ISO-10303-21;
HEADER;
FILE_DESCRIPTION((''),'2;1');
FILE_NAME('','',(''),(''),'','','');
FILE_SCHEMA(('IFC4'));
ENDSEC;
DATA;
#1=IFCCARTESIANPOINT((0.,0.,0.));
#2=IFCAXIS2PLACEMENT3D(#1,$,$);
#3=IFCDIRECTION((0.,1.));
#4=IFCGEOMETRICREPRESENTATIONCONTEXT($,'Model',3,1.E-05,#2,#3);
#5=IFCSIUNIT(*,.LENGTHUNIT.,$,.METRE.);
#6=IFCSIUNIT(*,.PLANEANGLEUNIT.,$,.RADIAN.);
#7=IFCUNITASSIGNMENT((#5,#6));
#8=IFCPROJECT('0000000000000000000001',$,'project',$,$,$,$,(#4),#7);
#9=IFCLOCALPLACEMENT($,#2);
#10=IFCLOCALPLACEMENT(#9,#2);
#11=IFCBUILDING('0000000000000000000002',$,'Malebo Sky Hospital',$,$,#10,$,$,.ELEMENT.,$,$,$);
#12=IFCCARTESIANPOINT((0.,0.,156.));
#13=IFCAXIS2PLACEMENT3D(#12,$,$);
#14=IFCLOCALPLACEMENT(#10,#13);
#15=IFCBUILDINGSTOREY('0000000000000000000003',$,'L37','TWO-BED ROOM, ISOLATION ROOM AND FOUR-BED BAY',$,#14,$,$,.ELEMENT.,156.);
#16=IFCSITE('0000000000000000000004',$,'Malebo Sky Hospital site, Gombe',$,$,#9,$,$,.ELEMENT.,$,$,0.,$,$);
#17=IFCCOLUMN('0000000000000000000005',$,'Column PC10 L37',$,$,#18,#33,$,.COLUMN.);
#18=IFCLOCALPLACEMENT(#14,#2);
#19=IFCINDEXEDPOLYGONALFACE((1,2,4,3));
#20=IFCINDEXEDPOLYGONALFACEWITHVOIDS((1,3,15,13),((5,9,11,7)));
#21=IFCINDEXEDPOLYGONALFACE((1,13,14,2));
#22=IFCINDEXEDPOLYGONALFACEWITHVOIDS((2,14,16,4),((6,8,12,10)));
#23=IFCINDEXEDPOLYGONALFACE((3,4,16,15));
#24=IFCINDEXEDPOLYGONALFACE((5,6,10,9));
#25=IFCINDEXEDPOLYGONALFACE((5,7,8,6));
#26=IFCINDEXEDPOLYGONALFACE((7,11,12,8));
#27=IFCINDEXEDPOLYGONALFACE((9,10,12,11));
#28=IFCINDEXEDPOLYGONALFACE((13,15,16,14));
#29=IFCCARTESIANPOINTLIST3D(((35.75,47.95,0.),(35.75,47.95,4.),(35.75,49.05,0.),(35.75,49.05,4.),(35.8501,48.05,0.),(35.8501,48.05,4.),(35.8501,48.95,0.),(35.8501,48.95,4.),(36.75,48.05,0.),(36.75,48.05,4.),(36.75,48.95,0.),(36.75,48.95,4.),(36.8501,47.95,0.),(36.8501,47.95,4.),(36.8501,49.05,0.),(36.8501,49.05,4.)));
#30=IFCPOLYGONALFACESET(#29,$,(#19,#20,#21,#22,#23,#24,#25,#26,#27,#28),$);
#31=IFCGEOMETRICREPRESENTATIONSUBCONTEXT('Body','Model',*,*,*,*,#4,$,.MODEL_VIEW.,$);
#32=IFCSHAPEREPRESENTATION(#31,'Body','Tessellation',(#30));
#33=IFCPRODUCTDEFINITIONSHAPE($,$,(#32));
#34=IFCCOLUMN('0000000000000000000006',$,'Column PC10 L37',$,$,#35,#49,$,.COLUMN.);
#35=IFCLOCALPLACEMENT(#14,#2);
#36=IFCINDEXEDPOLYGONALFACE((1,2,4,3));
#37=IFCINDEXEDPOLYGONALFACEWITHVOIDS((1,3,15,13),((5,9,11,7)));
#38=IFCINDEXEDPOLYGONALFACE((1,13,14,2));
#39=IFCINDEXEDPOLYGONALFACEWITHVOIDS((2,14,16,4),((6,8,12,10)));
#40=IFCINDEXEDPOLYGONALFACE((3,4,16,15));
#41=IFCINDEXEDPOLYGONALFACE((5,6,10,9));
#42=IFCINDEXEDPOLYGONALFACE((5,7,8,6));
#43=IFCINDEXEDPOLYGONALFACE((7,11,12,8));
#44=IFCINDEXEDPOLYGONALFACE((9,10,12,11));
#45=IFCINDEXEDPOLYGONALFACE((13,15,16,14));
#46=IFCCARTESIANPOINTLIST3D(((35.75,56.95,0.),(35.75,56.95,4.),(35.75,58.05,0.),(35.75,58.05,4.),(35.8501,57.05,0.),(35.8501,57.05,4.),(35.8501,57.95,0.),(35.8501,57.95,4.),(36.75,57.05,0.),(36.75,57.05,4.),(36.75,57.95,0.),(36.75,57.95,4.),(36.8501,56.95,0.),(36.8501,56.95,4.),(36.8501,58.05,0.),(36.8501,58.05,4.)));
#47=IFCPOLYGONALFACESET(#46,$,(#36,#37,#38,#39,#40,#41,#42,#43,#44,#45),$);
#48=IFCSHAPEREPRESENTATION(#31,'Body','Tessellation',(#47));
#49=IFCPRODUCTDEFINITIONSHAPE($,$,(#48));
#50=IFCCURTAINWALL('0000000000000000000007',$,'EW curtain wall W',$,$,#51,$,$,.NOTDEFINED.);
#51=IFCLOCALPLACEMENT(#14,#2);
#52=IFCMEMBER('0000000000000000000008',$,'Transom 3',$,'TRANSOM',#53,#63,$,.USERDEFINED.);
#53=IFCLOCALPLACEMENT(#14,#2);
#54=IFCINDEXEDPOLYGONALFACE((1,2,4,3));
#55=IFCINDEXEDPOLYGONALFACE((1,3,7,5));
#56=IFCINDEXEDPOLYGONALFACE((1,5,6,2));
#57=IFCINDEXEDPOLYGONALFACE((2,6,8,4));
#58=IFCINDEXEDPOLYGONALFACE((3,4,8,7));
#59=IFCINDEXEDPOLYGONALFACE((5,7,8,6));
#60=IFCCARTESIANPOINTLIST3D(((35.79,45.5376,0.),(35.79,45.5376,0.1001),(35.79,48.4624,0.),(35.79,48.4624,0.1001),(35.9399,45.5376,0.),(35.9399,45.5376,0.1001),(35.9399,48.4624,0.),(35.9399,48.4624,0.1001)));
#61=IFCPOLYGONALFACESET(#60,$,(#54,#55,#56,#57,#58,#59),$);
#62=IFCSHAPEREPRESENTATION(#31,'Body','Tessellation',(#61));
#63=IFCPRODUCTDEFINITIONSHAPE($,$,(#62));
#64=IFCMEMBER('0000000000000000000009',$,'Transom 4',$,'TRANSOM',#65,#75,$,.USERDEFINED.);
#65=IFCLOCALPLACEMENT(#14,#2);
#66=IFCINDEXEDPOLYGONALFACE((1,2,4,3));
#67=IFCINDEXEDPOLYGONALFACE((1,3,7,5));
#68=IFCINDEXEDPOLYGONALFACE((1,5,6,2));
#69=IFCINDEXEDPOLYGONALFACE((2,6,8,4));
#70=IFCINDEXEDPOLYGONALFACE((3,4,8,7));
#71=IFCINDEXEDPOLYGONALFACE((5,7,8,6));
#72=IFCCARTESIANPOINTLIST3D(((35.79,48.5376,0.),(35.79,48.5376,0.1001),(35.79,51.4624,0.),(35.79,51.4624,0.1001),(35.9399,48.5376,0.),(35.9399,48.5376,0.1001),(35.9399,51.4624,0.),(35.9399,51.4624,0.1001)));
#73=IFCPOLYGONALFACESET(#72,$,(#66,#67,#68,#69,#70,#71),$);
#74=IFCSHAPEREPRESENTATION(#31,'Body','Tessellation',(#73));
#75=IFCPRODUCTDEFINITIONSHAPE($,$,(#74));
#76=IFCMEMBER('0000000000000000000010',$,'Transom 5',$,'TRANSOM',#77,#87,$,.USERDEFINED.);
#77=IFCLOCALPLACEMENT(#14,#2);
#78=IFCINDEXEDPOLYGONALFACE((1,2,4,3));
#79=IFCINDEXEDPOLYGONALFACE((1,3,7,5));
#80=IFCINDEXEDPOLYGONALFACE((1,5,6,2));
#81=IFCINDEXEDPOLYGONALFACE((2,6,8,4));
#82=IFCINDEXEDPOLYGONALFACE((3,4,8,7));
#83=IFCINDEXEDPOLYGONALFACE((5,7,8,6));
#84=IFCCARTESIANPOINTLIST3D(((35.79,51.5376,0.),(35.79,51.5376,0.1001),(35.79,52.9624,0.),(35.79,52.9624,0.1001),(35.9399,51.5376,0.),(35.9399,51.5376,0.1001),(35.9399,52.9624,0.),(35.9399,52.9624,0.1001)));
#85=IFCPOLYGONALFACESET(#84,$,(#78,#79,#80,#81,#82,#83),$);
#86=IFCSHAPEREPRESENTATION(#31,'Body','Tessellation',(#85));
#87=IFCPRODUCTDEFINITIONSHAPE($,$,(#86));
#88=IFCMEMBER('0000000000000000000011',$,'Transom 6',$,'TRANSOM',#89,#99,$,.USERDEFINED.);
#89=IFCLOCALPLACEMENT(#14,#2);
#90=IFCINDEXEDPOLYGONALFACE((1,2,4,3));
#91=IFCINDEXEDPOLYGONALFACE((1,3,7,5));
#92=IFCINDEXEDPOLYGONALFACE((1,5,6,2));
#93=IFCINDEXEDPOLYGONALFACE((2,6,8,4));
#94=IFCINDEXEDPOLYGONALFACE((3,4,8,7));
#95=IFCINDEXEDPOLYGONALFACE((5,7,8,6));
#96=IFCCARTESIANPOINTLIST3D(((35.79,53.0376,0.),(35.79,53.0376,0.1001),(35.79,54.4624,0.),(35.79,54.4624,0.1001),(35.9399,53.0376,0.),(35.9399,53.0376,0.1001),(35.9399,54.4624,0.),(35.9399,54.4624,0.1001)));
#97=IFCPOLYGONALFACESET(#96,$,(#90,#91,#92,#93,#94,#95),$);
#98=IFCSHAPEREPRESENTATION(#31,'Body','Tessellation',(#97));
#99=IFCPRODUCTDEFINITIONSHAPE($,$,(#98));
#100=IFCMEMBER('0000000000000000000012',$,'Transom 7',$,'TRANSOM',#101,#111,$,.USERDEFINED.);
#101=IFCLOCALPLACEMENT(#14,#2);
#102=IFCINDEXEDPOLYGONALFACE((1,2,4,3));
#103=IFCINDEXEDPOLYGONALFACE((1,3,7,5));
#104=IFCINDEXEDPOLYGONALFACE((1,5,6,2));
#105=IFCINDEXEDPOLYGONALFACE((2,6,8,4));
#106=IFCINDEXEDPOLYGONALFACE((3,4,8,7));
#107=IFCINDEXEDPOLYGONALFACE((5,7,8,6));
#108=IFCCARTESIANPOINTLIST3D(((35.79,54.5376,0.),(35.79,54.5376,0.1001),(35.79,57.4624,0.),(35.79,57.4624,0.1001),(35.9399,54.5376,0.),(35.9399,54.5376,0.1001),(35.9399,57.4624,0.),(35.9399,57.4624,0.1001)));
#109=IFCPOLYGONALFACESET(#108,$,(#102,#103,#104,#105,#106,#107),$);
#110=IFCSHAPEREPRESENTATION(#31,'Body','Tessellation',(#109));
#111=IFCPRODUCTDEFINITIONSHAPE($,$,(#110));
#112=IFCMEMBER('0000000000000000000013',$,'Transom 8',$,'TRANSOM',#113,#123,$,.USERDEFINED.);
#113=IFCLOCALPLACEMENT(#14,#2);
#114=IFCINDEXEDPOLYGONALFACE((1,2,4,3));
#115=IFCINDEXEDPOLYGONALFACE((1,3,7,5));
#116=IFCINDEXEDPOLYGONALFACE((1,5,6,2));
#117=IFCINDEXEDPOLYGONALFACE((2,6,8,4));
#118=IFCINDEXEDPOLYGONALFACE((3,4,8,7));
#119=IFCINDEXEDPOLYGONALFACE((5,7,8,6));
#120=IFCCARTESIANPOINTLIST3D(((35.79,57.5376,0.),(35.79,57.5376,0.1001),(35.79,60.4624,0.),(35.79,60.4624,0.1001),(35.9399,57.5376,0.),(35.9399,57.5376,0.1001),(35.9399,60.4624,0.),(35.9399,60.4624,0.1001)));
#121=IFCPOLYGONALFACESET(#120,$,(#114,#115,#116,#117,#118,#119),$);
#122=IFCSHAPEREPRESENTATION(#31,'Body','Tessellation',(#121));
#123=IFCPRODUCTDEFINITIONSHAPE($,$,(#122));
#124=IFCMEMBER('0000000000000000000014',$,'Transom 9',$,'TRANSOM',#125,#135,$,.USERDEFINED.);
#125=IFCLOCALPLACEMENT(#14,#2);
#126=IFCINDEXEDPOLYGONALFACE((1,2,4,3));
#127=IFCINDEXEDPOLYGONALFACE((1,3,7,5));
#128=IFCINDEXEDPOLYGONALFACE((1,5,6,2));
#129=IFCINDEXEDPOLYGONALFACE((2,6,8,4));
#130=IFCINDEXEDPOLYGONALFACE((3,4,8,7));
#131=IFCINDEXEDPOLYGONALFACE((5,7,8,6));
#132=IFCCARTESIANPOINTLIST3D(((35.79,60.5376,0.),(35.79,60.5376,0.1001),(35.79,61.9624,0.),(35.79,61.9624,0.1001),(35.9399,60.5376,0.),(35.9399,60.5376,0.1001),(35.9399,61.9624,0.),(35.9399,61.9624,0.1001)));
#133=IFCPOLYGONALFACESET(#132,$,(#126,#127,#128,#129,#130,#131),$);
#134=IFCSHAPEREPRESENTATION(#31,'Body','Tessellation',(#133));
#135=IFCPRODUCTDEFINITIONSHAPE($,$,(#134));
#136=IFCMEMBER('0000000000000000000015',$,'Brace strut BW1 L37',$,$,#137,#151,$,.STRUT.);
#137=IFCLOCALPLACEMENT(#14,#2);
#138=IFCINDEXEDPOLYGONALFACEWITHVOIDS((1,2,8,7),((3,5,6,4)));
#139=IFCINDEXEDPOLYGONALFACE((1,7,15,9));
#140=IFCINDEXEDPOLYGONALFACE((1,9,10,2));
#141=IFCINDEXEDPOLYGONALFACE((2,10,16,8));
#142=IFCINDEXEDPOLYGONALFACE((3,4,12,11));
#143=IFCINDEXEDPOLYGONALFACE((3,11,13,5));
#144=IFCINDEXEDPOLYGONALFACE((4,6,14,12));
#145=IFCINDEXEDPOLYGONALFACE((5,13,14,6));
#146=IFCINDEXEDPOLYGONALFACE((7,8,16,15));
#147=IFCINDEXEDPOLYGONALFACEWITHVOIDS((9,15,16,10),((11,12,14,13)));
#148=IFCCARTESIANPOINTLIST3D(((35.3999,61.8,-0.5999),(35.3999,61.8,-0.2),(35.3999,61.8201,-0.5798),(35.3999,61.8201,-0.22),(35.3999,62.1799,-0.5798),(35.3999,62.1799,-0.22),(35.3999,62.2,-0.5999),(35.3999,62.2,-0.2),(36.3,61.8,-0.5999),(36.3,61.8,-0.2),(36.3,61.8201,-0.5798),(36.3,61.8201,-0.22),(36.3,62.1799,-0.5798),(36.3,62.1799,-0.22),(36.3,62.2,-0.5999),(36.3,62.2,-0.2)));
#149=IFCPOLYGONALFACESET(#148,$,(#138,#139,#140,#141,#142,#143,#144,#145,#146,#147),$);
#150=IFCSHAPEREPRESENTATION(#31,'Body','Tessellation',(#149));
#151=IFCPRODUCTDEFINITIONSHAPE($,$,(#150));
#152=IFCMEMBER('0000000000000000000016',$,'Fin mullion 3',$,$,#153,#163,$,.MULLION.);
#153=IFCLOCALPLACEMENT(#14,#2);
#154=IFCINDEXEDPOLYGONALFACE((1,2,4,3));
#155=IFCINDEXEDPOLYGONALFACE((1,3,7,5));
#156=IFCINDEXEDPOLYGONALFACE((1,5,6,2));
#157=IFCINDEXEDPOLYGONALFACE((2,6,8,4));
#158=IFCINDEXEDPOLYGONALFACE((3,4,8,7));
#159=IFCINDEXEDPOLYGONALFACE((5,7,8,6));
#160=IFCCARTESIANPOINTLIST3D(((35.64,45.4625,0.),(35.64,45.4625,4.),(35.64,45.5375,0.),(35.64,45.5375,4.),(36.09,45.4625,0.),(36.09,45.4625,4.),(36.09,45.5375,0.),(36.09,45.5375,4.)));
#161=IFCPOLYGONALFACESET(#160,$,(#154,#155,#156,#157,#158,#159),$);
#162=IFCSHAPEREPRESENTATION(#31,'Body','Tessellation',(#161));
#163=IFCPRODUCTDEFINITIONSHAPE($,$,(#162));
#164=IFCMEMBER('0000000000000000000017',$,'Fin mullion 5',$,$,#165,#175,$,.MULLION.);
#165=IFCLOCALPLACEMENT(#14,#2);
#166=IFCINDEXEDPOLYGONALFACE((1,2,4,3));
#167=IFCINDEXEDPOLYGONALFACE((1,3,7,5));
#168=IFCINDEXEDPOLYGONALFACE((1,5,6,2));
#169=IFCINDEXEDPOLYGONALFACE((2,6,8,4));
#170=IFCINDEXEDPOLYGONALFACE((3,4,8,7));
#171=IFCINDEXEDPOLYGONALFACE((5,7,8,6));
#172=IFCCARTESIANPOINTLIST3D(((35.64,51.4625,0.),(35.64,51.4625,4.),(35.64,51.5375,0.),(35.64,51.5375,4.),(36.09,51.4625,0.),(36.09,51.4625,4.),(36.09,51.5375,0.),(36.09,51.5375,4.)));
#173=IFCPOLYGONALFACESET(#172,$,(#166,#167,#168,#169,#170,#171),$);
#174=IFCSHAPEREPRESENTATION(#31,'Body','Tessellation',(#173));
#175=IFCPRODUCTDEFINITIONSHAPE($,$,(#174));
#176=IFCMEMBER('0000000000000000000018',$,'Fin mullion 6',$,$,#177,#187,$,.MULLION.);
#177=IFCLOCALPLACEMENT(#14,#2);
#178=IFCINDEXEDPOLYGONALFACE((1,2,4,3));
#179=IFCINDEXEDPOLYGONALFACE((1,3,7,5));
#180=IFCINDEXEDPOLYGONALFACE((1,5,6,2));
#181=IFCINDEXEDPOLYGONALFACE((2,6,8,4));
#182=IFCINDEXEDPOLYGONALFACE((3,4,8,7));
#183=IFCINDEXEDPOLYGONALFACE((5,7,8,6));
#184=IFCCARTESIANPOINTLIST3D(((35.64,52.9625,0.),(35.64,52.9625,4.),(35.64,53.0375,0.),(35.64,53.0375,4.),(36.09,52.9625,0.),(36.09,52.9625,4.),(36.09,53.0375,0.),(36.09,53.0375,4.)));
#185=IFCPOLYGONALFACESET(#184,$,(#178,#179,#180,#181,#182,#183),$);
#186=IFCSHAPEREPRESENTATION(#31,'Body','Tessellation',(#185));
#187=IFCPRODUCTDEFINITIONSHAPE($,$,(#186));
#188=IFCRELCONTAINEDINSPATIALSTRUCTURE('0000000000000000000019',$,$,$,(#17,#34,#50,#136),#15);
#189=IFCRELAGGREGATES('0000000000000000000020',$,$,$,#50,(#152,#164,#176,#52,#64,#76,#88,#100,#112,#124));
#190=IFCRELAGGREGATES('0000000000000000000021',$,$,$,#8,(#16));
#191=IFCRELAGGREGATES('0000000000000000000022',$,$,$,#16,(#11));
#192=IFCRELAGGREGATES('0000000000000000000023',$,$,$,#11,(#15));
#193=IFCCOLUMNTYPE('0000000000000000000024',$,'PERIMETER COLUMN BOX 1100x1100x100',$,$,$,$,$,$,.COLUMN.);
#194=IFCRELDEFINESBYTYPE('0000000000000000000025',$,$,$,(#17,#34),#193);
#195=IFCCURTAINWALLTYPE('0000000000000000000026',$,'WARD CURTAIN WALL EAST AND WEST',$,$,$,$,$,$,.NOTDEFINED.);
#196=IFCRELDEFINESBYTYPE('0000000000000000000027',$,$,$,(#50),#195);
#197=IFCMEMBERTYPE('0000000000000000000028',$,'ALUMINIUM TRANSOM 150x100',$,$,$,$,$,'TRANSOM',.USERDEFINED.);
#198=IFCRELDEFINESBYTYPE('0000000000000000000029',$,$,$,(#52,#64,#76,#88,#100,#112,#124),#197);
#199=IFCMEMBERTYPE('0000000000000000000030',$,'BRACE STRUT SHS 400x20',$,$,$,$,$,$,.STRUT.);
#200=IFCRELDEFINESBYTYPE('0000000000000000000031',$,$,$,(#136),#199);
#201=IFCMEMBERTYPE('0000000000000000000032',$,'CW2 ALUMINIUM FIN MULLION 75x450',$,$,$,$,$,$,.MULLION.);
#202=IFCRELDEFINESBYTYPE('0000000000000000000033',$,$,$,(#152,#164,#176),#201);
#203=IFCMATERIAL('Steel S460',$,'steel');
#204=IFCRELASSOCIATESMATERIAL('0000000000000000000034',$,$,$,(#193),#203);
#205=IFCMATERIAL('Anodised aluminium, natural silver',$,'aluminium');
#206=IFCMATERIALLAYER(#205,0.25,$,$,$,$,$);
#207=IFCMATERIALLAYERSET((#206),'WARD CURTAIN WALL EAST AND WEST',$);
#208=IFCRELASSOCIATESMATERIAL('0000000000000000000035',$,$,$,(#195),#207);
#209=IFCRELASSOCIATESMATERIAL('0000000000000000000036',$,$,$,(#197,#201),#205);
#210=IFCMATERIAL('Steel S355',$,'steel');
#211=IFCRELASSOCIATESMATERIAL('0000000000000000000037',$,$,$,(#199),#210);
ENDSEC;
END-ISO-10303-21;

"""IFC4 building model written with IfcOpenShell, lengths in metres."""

from ifc_helpers import new_model, si_unit, direction, frame, origin, origin_2d, place, context, subcontext, project, spatial, rectangle, hollow_rectangle, extrude, material, layer, layer_set, material_profile, profile_set, type_object, element, aggregate, save


model = new_model("IFC4")

# Units and contexts
model_context = context("Model", 3, precision=1e-05, world=origin(), true_north=direction((0.0, 1.0)))
body_context = subcontext(model_context, "Body", "Model", "MODEL_VIEW")
ifc_project = project(units=[si_unit("LENGTHUNIT", "METRE"), si_unit("PLANEANGLEUNIT", "RADIAN")], contexts=[model_context])

# Site, building, storey
site_placement = place(None, origin())
site = spatial("IfcSite", under=ifc_project, at=site_placement, Name="Malebo Sky Hospital site, Gombe", CompositionType="ELEMENT", RefElevation=0.0)
building_placement = place(site_placement, origin())
building = spatial("IfcBuilding", under=site, at=building_placement, Name="Malebo Sky Hospital", CompositionType="ELEMENT")
storey_placement = place(building_placement, frame((0.0, 0.0, 156.0)))
storey = spatial("IfcBuildingStorey", under=building, at=storey_placement, Name="L37", Description="TWO-BED ROOM, ISOLATION ROOM AND FOUR-BED BAY", CompositionType="ELEMENT", Elevation=156.0)

# Columns
ifc_material_1 = material(Name="Steel S460", Category="steel")
ifc_material_profile_1 = material_profile(ifc_material_1, hollow_rectangle(XDim=1.1001, YDim=1.1001, WallThickness=0.1001, at=origin_2d()), Name="BOX 1100x1100x100")
ifc_profile_set_1 = profile_set([ifc_material_profile_1], Name="Steel S460")
column_type = type_object("IfcColumnType", Name="PERIMETER COLUMN BOX 1100x1100x100", PredefinedType="COLUMN", material=ifc_profile_set_1)
for number, where, z_axis, x_axis, name in (
    (1, (36.3, 48.5, 0.0), (0.0, 0.0, 1.0), (1.0, 0.0, 0.0), "Column PC10 L37"),
    (2, (36.3, 57.5, 0.0), (0.0, 0.0, 1.0), (1.0, 0.0, 0.0), "Column PC10 L37"),
):
    element("IfcColumn", number, at=place(storey_placement, frame(where, z_axis=z_axis, x_axis=x_axis)), inside=storey, type_object=column_type, Name=name, PredefinedType="COLUMN", context=body_context, shape_type="SweptSolid", body=[
        extrude(hollow_rectangle(XDim=1.1001, YDim=1.1001, WallThickness=0.1001, at=origin_2d()), origin(), (0.0, 0.0, 1.0), 4.0),
    ])

# Curtain wall, members
ifc_material_2 = material(Name="Anodised aluminium, natural silver", Category="aluminium")
ifc_layer_1 = layer(ifc_material_2, 0.25)
ifc_layer_set_1 = layer_set([ifc_layer_1], Name="WARD CURTAIN WALL EAST AND WEST")
curtain_wall_type = type_object("IfcCurtainWallType", Name="WARD CURTAIN WALL EAST AND WEST", PredefinedType="NOTDEFINED", material=ifc_layer_set_1)
curtain_wall_placement = place(storey_placement, origin())
curtain_wall = element("IfcCurtainWall", 3, at=curtain_wall_placement, inside=storey, type_object=curtain_wall_type, Name="EW curtain wall W", PredefinedType="NOTDEFINED")
ifc_material_profile_2 = material_profile(ifc_material_2, rectangle(XDim=0.1499, YDim=0.1001, at=origin_2d()), Name="ALUMINIUM TRANSOM 150x100")
ifc_profile_set_2 = profile_set([ifc_material_profile_2], Name="Anodised aluminium, natural silver")
member_type_1 = type_object("IfcMemberType", Name="ALUMINIUM TRANSOM 150x100", ElementType="TRANSOM", PredefinedType="USERDEFINED", material=ifc_profile_set_2)
member_1_placement = place(storey_placement, frame((35.865, 45.5376, 0.05), z_axis=(0.0, 1.0, 0.0), x_axis=(-1.0, 0.0, 0.0)))
member_1 = element("IfcMember", 4, at=member_1_placement, type_object=member_type_1, Name="Transom 3", ObjectType="TRANSOM", PredefinedType="USERDEFINED", context=body_context, shape_type="SweptSolid", body=[
    extrude(rectangle(XDim=0.1499, YDim=0.1001, at=origin_2d()), origin(), (0.0, 0.0, 1.0), 2.9248),
])
member_2_placement = place(storey_placement, frame((35.865, 48.5376, 0.05), z_axis=(0.0, 1.0, 0.0), x_axis=(-1.0, 0.0, 0.0)))
member_2 = element("IfcMember", 5, at=member_2_placement, type_object=member_type_1, Name="Transom 4", ObjectType="TRANSOM", PredefinedType="USERDEFINED", context=body_context, shape_type="SweptSolid", body=[
    extrude(rectangle(XDim=0.1499, YDim=0.1001, at=origin_2d()), origin(), (0.0, 0.0, 1.0), 2.9248),
])
member_3_placement = place(storey_placement, frame((35.865, 51.5376, 0.05), z_axis=(0.0, 1.0, 0.0), x_axis=(-1.0, 0.0, 0.0)))
member_3 = element("IfcMember", 6, at=member_3_placement, type_object=member_type_1, Name="Transom 5", ObjectType="TRANSOM", PredefinedType="USERDEFINED", context=body_context, shape_type="SweptSolid", body=[
    extrude(rectangle(XDim=0.1499, YDim=0.1001, at=origin_2d()), origin(), (0.0, 0.0, 1.0), 1.4248),
])
member_4_placement = place(storey_placement, frame((35.865, 53.0376, 0.05), z_axis=(0.0, 1.0, 0.0), x_axis=(-1.0, 0.0, 0.0)))
member_4 = element("IfcMember", 7, at=member_4_placement, type_object=member_type_1, Name="Transom 6", ObjectType="TRANSOM", PredefinedType="USERDEFINED", context=body_context, shape_type="SweptSolid", body=[
    extrude(rectangle(XDim=0.1499, YDim=0.1001, at=origin_2d()), origin(), (0.0, 0.0, 1.0), 1.4248),
])
member_5_placement = place(storey_placement, frame((35.865, 54.5376, 0.05), z_axis=(0.0, 1.0, 0.0), x_axis=(-1.0, 0.0, 0.0)))
member_5 = element("IfcMember", 8, at=member_5_placement, type_object=member_type_1, Name="Transom 7", ObjectType="TRANSOM", PredefinedType="USERDEFINED", context=body_context, shape_type="SweptSolid", body=[
    extrude(rectangle(XDim=0.1499, YDim=0.1001, at=origin_2d()), origin(), (0.0, 0.0, 1.0), 2.9248),
])
member_6_placement = place(storey_placement, frame((35.865, 57.5376, 0.05), z_axis=(0.0, 1.0, 0.0), x_axis=(-1.0, 0.0, 0.0)))
member_6 = element("IfcMember", 9, at=member_6_placement, type_object=member_type_1, Name="Transom 8", ObjectType="TRANSOM", PredefinedType="USERDEFINED", context=body_context, shape_type="SweptSolid", body=[
    extrude(rectangle(XDim=0.1499, YDim=0.1001, at=origin_2d()), origin(), (0.0, 0.0, 1.0), 2.9248),
])
member_7_placement = place(storey_placement, frame((35.865, 60.5376, 0.05), z_axis=(0.0, 1.0, 0.0), x_axis=(-1.0, 0.0, 0.0)))
member_7 = element("IfcMember", 10, at=member_7_placement, type_object=member_type_1, Name="Transom 9", ObjectType="TRANSOM", PredefinedType="USERDEFINED", context=body_context, shape_type="SweptSolid", body=[
    extrude(rectangle(XDim=0.1499, YDim=0.1001, at=origin_2d()), origin(), (0.0, 0.0, 1.0), 1.4248),
])

# Members
ifc_material_3 = material(Name="Steel S355", Category="steel")
ifc_material_profile_3 = material_profile(ifc_material_3, hollow_rectangle(XDim=0.3999, YDim=0.3999, WallThickness=0.02, at=origin_2d()), Name="SHS 400x20")
ifc_profile_set_3 = profile_set([ifc_material_profile_3], Name="Steel S355")
member_type_2 = type_object("IfcMemberType", Name="BRACE STRUT SHS 400x20", PredefinedType="STRUT", material=ifc_profile_set_3)
member_8_placement = place(storey_placement, frame((35.3999, 62.0, -0.3999), z_axis=(1.0, 0.0, 0.0), x_axis=(0.0, 1.0, 0.0)))
element("IfcMember", 11, at=member_8_placement, inside=storey, type_object=member_type_2, Name="Brace strut BW1 L37", PredefinedType="STRUT", context=body_context, shape_type="SweptSolid", body=[
    extrude(hollow_rectangle(XDim=0.3999, YDim=0.3999, WallThickness=0.02, at=origin_2d()), origin(), (0.0, 0.0, 1.0), 0.9001),
])
ifc_material_profile_4 = material_profile(ifc_material_2, rectangle(XDim=0.075, YDim=0.45, at=origin_2d()), Name="CW2 ALUMINIUM FIN MULLION 75x450")
ifc_profile_set_4 = profile_set([ifc_material_profile_4], Name="Anodised aluminium, natural silver")
member_type_3 = type_object("IfcMemberType", Name="CW2 ALUMINIUM FIN MULLION 75x450", PredefinedType="MULLION", material=ifc_profile_set_4)
member_9_placement = place(storey_placement, frame((35.865, 45.5, 0.0), z_axis=(0.0, 0.0, 1.0), x_axis=(0.0, 1.0, 0.0)))
member_9 = element("IfcMember", 12, at=member_9_placement, type_object=member_type_3, Name="Fin mullion 3", PredefinedType="MULLION", context=body_context, shape_type="SweptSolid", body=[
    extrude(rectangle(XDim=0.075, YDim=0.45, at=origin_2d()), origin(), (0.0, 0.0, 1.0), 4.0),
])
member_10_placement = place(storey_placement, frame((35.865, 51.5, 0.0), z_axis=(0.0, 0.0, 1.0), x_axis=(0.0, 1.0, 0.0)))
member_10 = element("IfcMember", 13, at=member_10_placement, type_object=member_type_3, Name="Fin mullion 5", PredefinedType="MULLION", context=body_context, shape_type="SweptSolid", body=[
    extrude(rectangle(XDim=0.075, YDim=0.45, at=origin_2d()), origin(), (0.0, 0.0, 1.0), 4.0),
])
member_11_placement = place(storey_placement, frame((35.865, 53.0, 0.0), z_axis=(0.0, 0.0, 1.0), x_axis=(0.0, 1.0, 0.0)))
member_11 = element("IfcMember", 14, at=member_11_placement, type_object=member_type_3, Name="Fin mullion 6", PredefinedType="MULLION", context=body_context, shape_type="SweptSolid", body=[
    extrude(rectangle(XDim=0.075, YDim=0.45, at=origin_2d()), origin(), (0.0, 0.0, 1.0), 4.0),
])

aggregate(curtain_wall, [member_9, member_10, member_11, member_1, member_2, member_3, member_4, member_5, member_6, member_7])

save(model, "model.ifc")
